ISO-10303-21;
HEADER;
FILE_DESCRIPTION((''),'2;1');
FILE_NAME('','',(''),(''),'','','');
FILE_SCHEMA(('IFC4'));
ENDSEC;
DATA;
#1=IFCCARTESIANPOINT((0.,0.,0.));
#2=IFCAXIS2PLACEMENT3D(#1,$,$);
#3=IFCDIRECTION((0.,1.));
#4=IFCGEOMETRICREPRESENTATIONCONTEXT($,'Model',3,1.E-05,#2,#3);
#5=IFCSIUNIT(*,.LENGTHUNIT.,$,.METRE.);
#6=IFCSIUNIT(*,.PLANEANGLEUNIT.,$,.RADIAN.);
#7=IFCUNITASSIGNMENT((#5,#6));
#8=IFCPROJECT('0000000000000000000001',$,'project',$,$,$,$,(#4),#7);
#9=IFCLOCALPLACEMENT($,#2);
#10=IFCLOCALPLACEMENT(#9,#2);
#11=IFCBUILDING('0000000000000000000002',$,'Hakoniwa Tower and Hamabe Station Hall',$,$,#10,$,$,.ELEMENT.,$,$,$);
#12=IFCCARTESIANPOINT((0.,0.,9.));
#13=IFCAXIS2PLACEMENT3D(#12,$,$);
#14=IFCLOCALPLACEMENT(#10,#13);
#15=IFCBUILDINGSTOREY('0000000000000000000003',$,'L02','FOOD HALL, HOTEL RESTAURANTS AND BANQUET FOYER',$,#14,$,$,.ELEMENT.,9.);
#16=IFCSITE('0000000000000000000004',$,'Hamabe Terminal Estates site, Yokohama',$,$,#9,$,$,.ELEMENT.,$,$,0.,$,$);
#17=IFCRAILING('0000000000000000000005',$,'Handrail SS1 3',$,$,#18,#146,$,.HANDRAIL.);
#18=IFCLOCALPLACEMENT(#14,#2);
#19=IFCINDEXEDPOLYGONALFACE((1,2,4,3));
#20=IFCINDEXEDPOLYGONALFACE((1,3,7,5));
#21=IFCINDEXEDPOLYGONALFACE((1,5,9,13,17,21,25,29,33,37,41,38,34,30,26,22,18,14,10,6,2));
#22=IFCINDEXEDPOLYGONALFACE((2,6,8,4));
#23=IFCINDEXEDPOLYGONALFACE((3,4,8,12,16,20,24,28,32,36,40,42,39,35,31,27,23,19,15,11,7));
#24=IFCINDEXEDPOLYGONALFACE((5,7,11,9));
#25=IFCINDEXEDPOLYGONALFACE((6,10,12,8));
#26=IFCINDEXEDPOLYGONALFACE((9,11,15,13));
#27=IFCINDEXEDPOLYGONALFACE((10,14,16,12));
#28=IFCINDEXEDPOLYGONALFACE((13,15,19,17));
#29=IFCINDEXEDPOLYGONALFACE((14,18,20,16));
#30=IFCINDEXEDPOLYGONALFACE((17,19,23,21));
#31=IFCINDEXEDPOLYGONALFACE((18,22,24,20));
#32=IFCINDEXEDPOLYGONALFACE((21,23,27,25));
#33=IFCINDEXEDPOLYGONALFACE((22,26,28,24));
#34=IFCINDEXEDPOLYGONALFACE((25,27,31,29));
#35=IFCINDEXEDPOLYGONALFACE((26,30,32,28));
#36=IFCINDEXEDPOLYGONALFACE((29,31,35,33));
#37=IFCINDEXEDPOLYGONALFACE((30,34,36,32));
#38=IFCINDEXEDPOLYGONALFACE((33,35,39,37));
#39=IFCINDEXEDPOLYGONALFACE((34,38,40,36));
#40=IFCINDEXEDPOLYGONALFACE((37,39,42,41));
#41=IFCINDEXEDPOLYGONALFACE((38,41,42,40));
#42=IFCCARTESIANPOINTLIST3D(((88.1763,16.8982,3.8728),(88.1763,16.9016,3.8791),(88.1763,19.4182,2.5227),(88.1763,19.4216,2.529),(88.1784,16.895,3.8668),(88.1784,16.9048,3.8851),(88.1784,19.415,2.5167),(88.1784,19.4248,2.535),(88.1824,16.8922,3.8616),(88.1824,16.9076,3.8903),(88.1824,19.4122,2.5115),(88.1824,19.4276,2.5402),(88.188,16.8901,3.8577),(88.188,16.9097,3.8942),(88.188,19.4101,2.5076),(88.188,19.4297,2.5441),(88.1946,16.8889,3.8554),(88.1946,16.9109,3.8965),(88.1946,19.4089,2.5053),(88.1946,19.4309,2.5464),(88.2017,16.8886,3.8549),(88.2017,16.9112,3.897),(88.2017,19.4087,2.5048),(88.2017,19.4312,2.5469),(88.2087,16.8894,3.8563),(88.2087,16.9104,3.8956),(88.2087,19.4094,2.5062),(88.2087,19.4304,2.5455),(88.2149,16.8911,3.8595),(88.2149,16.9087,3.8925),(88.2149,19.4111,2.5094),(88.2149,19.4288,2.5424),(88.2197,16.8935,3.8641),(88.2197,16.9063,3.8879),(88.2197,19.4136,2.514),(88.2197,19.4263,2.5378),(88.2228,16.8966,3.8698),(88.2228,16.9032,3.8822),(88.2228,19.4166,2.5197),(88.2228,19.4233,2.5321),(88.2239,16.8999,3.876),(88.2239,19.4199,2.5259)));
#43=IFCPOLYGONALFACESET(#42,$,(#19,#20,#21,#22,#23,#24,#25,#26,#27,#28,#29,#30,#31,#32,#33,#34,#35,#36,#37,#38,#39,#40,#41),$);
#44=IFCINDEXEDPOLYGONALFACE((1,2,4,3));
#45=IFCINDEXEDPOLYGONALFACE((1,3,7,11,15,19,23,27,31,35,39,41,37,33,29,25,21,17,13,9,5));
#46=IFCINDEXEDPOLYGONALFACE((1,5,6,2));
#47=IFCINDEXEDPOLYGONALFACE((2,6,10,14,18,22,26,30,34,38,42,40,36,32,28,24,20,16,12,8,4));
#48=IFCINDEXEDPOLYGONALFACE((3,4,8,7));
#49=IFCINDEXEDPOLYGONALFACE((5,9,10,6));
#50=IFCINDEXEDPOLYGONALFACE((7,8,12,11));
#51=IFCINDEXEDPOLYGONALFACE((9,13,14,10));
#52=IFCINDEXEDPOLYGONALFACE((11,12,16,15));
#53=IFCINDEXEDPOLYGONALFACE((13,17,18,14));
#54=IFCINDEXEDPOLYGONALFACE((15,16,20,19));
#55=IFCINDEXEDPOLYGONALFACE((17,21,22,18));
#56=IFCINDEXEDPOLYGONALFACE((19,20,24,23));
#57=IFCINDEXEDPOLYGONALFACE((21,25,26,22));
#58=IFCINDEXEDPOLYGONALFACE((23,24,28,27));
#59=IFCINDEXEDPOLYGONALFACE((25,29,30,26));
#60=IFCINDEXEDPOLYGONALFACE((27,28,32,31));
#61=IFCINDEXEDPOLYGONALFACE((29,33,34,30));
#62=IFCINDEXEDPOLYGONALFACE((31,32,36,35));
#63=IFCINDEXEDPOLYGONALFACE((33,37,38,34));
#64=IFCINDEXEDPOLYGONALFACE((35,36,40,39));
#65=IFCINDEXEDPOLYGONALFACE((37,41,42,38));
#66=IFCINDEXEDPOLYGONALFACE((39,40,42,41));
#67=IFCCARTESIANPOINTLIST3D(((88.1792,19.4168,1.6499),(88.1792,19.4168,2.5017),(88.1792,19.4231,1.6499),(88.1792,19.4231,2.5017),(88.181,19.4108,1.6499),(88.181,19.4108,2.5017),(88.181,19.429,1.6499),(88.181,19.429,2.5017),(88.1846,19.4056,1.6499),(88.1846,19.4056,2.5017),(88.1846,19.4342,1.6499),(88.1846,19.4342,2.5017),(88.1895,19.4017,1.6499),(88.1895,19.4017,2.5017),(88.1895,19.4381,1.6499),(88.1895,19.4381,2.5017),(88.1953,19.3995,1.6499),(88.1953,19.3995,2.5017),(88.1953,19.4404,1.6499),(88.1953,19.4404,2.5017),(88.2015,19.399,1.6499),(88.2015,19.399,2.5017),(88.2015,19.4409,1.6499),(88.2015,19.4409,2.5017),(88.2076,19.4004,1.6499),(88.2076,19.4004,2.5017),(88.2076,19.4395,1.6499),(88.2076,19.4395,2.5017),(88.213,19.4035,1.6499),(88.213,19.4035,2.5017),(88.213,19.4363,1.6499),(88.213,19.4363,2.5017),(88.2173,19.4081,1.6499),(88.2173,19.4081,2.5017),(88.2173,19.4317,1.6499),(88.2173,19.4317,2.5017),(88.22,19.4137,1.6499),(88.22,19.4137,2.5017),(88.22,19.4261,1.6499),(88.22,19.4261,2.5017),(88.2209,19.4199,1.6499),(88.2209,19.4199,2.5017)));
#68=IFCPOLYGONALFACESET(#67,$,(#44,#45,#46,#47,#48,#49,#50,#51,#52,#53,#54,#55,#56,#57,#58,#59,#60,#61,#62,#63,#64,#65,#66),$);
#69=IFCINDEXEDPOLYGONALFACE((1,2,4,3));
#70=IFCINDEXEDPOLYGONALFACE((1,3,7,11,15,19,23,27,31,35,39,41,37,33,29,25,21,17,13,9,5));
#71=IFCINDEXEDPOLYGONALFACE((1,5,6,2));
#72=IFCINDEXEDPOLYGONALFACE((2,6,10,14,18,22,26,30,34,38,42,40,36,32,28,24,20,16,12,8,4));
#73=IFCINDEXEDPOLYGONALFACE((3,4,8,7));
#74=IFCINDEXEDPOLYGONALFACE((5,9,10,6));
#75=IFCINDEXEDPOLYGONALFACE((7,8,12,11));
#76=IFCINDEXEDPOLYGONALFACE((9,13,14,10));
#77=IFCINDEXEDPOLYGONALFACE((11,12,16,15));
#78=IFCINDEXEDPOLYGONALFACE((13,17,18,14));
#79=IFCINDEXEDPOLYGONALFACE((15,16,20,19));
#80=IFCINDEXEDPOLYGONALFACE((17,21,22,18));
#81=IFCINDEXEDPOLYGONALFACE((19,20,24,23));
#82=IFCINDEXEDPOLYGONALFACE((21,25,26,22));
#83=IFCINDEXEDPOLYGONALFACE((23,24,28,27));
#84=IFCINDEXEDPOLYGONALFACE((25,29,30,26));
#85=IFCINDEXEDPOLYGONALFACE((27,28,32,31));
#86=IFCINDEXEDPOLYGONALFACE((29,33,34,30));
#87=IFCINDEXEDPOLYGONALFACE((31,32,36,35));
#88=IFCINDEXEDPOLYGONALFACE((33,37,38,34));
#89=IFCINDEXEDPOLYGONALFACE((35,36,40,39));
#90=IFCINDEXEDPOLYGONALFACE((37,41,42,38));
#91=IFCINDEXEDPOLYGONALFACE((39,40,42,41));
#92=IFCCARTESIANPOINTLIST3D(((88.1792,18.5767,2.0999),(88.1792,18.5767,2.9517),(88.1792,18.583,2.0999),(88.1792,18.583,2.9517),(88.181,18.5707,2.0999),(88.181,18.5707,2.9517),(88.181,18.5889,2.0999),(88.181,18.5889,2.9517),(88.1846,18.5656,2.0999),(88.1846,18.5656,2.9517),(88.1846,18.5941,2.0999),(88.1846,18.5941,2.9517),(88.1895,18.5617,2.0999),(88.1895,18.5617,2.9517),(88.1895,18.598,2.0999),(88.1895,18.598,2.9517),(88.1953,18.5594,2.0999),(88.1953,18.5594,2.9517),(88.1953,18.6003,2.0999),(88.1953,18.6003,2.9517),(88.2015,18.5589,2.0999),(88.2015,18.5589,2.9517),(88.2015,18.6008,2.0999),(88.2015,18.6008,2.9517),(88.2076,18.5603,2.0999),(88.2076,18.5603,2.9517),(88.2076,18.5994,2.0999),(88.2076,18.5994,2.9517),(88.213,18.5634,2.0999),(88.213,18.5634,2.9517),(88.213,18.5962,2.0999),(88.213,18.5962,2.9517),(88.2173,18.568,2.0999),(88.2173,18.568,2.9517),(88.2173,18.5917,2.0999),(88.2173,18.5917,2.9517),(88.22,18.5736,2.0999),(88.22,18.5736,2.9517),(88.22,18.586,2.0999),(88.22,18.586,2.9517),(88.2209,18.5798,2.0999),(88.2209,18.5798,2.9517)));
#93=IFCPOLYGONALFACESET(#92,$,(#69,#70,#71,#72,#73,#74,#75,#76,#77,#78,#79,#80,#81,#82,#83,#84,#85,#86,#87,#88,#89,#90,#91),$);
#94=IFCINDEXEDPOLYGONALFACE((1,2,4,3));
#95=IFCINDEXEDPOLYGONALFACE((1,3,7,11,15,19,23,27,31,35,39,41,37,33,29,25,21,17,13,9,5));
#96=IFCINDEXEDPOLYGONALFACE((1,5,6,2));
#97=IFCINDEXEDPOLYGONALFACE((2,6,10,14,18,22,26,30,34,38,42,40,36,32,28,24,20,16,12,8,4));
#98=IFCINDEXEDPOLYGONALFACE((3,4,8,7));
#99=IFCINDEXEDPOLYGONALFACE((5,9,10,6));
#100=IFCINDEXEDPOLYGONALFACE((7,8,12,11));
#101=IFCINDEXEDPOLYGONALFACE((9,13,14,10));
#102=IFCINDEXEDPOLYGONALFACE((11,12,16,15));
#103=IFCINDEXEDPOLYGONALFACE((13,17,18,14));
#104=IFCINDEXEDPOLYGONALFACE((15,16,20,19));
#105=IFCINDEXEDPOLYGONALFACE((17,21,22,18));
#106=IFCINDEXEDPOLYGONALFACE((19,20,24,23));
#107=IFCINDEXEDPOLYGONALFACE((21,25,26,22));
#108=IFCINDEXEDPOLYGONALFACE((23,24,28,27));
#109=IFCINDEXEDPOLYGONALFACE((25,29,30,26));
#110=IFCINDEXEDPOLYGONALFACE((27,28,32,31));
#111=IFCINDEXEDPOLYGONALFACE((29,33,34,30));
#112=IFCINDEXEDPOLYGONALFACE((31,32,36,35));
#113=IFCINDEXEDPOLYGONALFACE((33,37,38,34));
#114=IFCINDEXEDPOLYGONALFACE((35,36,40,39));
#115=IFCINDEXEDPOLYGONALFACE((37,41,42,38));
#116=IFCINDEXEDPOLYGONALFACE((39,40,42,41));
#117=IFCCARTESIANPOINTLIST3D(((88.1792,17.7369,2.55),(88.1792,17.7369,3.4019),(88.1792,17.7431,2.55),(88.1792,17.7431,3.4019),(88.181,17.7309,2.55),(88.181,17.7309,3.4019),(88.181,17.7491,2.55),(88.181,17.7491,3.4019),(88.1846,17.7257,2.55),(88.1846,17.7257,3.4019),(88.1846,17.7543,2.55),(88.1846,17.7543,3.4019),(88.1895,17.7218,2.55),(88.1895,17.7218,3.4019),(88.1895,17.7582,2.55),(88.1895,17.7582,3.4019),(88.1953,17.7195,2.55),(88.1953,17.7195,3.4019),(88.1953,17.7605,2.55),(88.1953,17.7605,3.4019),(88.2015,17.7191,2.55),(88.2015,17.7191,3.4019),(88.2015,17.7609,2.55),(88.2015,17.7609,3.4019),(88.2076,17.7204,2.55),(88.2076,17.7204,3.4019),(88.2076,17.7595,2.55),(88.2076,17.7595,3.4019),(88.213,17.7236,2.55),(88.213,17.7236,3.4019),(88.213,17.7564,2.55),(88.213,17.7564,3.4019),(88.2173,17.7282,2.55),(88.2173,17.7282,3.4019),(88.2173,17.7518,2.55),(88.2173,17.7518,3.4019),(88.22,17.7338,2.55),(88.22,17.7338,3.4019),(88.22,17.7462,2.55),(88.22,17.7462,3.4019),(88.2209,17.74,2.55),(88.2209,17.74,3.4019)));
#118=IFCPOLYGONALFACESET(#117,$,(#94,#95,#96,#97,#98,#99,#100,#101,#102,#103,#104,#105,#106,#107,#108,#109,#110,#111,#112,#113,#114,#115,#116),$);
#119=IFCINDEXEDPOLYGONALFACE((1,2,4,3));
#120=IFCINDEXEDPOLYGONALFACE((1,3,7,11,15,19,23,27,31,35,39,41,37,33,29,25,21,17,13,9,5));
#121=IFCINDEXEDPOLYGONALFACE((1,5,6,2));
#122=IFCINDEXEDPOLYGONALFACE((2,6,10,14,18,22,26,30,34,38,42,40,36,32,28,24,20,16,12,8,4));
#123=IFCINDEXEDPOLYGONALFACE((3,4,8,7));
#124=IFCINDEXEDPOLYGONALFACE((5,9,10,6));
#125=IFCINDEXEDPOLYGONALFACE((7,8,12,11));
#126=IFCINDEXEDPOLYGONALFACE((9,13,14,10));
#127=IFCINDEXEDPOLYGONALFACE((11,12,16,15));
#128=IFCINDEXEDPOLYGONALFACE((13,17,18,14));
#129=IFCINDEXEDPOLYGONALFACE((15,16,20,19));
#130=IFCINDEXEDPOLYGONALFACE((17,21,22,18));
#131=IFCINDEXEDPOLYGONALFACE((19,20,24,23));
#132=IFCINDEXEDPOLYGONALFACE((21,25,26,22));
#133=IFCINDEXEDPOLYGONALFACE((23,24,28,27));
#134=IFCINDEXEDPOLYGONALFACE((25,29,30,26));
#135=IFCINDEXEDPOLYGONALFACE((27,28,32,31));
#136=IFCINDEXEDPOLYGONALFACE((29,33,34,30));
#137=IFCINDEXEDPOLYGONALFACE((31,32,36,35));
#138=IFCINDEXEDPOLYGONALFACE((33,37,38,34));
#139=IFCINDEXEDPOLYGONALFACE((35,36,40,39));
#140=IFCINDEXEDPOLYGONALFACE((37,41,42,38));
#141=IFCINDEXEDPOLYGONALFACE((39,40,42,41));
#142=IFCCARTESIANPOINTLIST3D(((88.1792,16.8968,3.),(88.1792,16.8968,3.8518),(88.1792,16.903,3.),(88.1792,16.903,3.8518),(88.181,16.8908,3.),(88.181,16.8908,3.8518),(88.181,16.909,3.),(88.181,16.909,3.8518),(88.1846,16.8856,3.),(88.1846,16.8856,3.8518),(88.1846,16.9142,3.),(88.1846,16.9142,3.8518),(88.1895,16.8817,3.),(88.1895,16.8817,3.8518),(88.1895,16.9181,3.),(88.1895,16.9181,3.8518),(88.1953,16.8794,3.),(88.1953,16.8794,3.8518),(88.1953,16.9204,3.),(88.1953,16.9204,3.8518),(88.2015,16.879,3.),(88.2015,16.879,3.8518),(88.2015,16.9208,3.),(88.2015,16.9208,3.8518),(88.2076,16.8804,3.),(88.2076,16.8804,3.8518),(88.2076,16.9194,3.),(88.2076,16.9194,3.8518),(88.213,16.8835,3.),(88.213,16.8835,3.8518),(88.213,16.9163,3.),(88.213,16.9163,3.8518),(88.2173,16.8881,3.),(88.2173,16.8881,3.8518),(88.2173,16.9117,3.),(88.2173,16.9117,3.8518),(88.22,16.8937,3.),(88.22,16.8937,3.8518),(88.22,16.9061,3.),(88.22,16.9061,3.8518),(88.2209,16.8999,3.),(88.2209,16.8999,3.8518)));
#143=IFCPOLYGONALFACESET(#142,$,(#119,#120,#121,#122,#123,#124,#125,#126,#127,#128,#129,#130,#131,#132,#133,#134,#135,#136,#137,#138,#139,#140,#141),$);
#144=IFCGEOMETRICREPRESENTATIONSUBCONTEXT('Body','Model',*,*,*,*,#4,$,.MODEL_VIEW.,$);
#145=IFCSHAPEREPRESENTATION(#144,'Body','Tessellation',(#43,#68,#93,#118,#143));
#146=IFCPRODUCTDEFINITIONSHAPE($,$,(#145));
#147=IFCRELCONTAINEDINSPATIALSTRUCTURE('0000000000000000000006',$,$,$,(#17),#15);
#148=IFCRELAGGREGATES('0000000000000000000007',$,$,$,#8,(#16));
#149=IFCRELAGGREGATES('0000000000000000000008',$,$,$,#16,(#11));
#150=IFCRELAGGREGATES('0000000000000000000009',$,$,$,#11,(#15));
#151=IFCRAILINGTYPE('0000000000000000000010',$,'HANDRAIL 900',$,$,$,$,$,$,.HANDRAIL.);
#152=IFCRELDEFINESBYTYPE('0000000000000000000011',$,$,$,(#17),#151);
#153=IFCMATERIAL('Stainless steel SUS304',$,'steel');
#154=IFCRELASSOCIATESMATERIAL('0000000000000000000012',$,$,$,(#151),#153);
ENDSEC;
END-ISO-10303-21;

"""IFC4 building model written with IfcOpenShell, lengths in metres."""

from ifc_helpers import new_model, si_unit, direction, frame, origin, origin_2d, place, context, subcontext, project, spatial, circle, extrude, material, type_object, element, save


model = new_model("IFC4")

# Units and contexts
model_context = context("Model", 3, precision=1e-05, world=origin(), true_north=direction((0.0, 1.0)))
body_context = subcontext(model_context, "Body", "Model", "MODEL_VIEW")
ifc_project = project(units=[si_unit("LENGTHUNIT", "METRE"), si_unit("PLANEANGLEUNIT", "RADIAN")], contexts=[model_context])

# Site, building, storey
site_placement = place(None, origin())
site = spatial("IfcSite", under=ifc_project, at=site_placement, Name="Hamabe Terminal Estates site, Yokohama", CompositionType="ELEMENT", RefElevation=0.0)
building_placement = place(site_placement, origin())
building = spatial("IfcBuilding", under=site, at=building_placement, Name="Hakoniwa Tower and Hamabe Station Hall", CompositionType="ELEMENT")
storey_placement = place(building_placement, frame((0.0, 0.0, 9.0)))
storey = spatial("IfcBuildingStorey", under=building, at=storey_placement, Name="L02", Description="FOOD HALL, HOTEL RESTAURANTS AND BANQUET FOYER", CompositionType="ELEMENT", Elevation=9.0)

# Railing
ifc_material_1 = material(Name="Stainless steel SUS304", Category="steel")
railing_type = type_object("IfcRailingType", Name="HANDRAIL 900", PredefinedType="HANDRAIL", material=ifc_material_1)
for number, where, name in (
    (1, (88.2, 19.4199, 1.6499), "Handrail SS1 3"),
):
    element("IfcRailing", number, at=place(storey_placement, frame(where)), inside=storey, type_object=railing_type, Name=name, PredefinedType="HANDRAIL", context=body_context, shape_type="SweptSolid", body=[
        extrude(circle(Radius=0.0239, at=origin_2d()), frame((0.0, 0.0, 0.876), z_axis=(0.0, -0.881467, 0.472245), x_axis=(1.0, 0.0, 0.0)), (0.0, 0.0, 1.0), 2.8589),
        extrude(circle(Radius=0.021, at=origin_2d()), origin(), (0.0, 0.0, 1.0), 0.8518),
        extrude(circle(Radius=0.021, at=origin_2d()), frame((0.0, -0.8401, 0.45)), (0.0, 0.0, 1.0), 0.8518),
        extrude(circle(Radius=0.021, at=origin_2d()), frame((0.0, -1.6799, 0.9001)), (0.0, 0.0, 1.0), 0.8518),
        extrude(circle(Radius=0.021, at=origin_2d()), frame((0.0, -2.52, 1.3501)), (0.0, 0.0, 1.0), 0.8518),
    ])

save(model, "model.ifc")
